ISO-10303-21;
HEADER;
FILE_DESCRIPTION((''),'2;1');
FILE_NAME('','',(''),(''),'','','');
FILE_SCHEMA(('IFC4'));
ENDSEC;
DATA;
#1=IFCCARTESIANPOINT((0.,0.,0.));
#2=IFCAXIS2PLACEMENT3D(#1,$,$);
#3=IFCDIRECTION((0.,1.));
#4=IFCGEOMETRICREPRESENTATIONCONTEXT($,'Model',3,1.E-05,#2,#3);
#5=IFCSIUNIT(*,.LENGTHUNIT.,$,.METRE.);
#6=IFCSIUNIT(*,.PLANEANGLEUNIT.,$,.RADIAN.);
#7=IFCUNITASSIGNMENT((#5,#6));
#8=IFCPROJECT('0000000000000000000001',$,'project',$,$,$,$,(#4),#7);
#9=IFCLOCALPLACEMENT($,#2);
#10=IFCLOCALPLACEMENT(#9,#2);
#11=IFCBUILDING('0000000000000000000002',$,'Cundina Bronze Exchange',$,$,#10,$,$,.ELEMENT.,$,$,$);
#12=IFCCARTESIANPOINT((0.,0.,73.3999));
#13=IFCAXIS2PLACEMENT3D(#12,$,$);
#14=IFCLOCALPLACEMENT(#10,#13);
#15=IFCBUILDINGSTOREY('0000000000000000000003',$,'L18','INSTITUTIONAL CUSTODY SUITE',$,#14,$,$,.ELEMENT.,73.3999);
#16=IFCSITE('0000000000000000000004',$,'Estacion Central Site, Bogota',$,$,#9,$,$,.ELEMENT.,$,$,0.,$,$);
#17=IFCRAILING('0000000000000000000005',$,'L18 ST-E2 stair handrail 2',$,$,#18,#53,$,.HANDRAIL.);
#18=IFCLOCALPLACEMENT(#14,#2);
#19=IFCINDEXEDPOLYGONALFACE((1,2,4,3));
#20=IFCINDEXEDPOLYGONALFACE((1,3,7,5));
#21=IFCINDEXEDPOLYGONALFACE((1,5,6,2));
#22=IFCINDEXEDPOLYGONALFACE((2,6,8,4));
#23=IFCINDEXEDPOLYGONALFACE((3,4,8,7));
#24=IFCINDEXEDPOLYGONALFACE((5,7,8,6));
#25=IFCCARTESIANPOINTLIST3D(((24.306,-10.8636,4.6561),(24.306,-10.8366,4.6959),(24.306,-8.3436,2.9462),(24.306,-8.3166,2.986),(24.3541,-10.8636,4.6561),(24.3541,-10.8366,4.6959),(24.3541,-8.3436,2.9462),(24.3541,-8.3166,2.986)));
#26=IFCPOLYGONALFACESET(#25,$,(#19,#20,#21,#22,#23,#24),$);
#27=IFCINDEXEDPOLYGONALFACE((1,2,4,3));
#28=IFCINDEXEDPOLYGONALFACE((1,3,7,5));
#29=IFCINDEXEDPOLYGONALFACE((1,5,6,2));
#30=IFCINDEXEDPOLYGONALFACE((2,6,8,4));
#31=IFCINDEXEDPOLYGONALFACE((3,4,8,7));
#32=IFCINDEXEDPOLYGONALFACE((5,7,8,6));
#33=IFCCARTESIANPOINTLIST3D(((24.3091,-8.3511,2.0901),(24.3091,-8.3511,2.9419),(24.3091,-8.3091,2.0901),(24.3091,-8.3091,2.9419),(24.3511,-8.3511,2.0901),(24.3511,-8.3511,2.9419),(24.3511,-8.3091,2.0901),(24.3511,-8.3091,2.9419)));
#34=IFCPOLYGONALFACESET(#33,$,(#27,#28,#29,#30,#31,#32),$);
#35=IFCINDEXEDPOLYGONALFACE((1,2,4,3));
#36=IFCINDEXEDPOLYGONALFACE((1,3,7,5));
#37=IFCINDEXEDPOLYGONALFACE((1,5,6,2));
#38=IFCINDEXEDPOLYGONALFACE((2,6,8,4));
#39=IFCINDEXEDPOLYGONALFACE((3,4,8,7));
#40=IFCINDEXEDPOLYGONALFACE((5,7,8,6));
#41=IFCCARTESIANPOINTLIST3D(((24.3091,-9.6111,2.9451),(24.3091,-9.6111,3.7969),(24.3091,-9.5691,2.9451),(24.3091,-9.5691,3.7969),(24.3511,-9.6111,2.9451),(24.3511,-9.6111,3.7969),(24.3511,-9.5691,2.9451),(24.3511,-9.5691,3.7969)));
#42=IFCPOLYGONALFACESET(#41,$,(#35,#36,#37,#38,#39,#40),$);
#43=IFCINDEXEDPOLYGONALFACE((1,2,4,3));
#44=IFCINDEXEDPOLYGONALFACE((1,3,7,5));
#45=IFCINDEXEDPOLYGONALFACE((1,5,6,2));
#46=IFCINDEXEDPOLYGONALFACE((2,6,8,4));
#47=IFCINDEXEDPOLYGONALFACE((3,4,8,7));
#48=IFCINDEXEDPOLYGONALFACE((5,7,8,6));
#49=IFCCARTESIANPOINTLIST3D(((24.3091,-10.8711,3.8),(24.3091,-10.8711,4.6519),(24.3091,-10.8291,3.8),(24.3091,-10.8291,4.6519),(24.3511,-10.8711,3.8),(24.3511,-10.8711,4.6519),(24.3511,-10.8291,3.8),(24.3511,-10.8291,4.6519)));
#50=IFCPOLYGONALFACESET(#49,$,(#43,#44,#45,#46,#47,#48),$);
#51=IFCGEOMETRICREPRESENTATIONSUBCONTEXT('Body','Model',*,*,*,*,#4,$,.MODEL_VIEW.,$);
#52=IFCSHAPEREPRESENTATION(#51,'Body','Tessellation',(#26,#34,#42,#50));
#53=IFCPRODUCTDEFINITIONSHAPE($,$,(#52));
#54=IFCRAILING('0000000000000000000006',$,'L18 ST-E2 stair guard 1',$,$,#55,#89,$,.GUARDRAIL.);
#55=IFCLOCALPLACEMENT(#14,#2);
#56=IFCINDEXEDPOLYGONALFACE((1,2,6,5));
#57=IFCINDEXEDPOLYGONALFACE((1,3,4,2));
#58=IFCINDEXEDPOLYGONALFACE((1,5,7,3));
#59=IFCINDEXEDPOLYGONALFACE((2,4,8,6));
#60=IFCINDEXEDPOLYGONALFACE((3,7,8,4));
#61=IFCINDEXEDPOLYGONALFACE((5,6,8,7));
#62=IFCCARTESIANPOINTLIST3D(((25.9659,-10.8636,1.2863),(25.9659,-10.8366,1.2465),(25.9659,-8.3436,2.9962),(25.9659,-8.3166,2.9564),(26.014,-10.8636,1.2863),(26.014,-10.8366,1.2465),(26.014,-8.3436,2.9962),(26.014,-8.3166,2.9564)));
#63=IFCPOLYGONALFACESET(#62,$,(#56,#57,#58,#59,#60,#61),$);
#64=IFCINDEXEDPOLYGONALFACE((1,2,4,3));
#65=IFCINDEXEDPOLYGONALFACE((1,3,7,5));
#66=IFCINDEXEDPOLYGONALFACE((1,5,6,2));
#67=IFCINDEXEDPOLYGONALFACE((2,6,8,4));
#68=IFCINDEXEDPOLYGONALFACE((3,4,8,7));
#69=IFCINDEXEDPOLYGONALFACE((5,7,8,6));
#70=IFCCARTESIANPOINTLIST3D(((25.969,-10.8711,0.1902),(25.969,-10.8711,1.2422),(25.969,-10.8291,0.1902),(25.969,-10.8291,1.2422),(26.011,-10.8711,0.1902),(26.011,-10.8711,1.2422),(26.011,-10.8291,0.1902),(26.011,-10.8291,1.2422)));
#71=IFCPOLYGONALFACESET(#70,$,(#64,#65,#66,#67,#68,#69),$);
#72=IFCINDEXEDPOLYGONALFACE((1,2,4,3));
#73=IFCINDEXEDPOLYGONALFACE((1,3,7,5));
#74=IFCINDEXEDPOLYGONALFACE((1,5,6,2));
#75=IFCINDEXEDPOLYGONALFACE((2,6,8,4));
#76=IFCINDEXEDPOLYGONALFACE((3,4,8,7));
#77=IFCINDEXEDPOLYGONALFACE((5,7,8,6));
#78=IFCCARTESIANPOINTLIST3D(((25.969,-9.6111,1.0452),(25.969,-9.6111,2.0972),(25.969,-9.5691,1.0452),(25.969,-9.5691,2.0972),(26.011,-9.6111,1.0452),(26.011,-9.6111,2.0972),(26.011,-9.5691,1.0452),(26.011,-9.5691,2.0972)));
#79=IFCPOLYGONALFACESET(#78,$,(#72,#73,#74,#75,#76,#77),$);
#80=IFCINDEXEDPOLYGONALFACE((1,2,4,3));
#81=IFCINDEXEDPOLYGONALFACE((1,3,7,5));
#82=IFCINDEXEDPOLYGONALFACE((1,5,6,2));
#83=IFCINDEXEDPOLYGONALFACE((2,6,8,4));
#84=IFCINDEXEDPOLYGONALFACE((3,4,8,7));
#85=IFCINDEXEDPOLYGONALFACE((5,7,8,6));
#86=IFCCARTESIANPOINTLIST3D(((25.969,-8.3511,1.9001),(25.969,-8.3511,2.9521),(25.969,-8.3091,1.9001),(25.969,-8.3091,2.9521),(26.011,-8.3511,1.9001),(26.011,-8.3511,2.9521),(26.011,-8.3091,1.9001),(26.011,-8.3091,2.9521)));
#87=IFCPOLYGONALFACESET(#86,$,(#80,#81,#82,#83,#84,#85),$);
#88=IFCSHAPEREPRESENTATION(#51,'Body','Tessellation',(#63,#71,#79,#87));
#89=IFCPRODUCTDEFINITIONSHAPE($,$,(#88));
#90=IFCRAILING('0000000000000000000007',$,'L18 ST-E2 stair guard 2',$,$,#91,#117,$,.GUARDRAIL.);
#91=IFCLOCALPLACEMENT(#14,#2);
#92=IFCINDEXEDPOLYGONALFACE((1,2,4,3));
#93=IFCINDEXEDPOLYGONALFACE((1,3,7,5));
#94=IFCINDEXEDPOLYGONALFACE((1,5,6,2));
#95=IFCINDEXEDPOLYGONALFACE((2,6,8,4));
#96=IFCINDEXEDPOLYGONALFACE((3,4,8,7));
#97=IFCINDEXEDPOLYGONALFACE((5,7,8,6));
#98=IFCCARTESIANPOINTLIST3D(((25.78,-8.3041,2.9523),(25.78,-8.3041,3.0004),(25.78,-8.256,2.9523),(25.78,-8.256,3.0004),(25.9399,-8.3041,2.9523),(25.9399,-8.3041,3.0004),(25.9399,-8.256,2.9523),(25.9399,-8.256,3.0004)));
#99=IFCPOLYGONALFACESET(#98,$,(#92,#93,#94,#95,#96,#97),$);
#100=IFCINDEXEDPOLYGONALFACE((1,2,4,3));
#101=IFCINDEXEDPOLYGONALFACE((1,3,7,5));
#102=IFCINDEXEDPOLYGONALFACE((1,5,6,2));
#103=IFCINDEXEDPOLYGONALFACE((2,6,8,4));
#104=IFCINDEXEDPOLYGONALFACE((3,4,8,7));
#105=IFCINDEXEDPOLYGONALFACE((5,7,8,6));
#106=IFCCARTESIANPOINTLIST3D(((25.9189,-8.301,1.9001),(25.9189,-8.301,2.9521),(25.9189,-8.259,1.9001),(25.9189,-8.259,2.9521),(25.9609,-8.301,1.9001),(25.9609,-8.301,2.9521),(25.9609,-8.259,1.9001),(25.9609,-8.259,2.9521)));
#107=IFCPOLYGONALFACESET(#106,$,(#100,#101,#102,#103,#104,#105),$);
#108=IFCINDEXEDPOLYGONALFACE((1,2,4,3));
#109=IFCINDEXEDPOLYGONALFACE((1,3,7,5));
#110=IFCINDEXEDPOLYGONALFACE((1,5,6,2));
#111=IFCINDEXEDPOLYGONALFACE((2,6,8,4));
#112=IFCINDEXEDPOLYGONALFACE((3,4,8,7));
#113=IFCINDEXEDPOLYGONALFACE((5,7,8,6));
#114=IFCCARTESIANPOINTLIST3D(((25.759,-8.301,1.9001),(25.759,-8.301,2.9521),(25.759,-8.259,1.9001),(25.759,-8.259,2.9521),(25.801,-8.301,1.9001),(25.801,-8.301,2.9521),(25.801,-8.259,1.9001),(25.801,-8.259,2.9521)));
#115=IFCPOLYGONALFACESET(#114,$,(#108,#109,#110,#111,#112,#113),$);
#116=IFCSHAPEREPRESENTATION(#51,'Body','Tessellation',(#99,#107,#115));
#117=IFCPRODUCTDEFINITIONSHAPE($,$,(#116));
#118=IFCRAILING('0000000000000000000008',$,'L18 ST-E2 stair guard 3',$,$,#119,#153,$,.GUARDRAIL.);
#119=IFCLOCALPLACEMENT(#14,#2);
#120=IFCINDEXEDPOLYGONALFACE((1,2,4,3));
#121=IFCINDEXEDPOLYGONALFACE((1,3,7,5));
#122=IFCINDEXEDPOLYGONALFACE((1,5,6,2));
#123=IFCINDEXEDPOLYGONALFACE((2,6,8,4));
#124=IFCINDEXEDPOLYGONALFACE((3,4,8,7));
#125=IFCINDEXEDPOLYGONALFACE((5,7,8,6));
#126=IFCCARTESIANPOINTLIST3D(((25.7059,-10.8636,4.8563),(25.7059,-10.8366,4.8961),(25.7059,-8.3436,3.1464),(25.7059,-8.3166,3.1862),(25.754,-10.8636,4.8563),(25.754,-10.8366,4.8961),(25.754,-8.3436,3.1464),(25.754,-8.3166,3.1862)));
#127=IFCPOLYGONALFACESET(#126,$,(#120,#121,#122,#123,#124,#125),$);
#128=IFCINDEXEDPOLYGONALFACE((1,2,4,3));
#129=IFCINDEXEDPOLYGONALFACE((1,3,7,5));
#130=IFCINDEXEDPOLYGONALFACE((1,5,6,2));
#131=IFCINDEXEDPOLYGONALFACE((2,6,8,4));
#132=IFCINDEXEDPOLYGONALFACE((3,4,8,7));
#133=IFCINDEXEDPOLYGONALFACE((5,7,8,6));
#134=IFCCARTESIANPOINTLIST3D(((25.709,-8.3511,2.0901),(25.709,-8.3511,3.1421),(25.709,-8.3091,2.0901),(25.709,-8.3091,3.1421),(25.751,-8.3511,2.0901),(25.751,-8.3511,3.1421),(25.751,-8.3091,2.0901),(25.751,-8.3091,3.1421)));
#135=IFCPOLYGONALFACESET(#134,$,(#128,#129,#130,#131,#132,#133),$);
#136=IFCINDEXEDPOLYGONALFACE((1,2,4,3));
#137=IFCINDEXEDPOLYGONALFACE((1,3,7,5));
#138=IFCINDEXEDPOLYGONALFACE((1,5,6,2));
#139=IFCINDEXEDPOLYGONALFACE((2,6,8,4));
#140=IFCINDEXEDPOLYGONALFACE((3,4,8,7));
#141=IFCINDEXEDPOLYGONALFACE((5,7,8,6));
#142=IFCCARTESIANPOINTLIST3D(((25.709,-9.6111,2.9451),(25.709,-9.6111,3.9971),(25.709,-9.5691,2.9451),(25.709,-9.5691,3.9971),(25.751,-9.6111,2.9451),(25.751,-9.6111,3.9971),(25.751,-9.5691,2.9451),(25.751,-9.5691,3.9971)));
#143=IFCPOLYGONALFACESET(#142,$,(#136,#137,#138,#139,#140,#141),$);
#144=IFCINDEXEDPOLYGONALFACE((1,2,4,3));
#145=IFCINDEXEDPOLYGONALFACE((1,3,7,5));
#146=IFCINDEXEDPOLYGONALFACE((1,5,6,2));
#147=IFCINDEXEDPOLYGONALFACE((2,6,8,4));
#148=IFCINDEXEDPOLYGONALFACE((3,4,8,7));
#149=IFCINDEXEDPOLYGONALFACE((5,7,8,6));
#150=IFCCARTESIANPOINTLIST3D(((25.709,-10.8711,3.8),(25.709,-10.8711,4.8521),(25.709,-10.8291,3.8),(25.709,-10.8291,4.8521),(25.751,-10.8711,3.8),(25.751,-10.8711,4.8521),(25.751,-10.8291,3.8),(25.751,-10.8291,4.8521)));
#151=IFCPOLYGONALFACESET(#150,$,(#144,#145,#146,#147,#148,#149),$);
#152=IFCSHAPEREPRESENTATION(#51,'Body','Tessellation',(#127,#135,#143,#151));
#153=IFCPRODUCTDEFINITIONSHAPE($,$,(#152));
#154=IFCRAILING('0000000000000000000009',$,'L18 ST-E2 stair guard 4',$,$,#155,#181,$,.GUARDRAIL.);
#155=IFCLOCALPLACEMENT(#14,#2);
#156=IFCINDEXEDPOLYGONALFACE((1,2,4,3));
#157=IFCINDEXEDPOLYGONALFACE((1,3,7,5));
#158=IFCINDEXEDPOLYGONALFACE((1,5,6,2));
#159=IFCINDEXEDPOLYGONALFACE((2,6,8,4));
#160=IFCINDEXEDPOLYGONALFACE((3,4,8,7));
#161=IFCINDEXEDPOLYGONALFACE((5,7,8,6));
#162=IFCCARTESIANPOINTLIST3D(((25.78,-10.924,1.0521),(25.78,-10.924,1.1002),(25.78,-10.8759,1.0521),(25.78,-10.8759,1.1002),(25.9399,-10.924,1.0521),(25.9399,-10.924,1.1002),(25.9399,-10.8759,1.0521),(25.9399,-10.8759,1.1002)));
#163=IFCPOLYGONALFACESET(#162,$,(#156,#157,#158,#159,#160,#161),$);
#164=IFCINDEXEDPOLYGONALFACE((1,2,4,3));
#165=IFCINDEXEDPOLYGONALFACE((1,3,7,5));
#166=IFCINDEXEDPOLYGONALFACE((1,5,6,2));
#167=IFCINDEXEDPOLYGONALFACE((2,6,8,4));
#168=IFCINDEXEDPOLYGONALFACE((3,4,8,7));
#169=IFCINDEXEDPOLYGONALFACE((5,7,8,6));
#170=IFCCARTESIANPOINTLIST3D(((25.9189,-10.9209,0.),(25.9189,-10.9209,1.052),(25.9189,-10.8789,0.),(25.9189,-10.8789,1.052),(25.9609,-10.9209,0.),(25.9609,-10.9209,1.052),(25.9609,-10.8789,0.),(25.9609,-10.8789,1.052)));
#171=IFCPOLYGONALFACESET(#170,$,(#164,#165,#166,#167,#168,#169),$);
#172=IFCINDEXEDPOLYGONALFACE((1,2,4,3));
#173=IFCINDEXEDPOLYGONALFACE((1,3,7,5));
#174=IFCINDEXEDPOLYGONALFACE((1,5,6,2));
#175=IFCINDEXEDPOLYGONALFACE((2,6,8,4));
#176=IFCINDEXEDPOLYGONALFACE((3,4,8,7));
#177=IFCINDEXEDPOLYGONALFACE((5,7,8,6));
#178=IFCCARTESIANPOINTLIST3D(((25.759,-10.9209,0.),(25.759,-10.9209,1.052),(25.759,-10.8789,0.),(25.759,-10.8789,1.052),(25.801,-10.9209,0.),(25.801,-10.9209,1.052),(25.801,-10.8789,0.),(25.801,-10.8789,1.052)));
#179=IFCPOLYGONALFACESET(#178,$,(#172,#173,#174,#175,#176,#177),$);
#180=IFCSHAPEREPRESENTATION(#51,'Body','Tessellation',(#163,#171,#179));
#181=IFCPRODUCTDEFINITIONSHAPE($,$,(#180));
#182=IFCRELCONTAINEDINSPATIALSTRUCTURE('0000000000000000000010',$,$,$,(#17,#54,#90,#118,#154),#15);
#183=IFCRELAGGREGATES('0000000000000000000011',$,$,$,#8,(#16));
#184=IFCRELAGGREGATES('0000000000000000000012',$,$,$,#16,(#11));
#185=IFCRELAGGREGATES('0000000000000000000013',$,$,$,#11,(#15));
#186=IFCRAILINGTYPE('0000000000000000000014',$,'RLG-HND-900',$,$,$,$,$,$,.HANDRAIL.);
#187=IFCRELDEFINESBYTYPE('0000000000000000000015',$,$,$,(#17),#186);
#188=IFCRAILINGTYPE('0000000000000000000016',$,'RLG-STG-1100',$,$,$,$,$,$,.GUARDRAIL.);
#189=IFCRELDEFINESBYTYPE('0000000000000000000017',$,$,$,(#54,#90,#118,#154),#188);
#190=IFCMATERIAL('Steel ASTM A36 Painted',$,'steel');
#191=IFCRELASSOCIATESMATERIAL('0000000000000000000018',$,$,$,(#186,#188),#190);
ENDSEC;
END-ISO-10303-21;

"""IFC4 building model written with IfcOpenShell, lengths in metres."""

from ifc_helpers import new_model, si_unit, direction, frame, origin, origin_2d, place, context, subcontext, project, spatial, rectangle, extrude, material, type_object, element, save


model = new_model("IFC4")

# Units and contexts
model_context = context("Model", 3, precision=1e-05, world=origin(), true_north=direction((0.0, 1.0)))
body_context = subcontext(model_context, "Body", "Model", "MODEL_VIEW")
ifc_project = project(units=[si_unit("LENGTHUNIT", "METRE"), si_unit("PLANEANGLEUNIT", "RADIAN")], contexts=[model_context])

# Site, building, storey
site_placement = place(None, origin())
site = spatial("IfcSite", under=ifc_project, at=site_placement, Name="Estacion Central Site, Bogota", CompositionType="ELEMENT", RefElevation=0.0)
building_placement = place(site_placement, origin())
building = spatial("IfcBuilding", under=site, at=building_placement, Name="Cundina Bronze Exchange", CompositionType="ELEMENT")
storey_placement = place(building_placement, frame((0.0, 0.0, 73.3999)))
storey = spatial("IfcBuildingStorey", under=building, at=storey_placement, Name="L18", Description="INSTITUTIONAL CUSTODY SUITE", CompositionType="ELEMENT", Elevation=73.3999)

# Shared definitions
ifc_material_1 = material(Name="Steel ASTM A36 Painted", Category="steel")

# Railings
railing_type_1 = type_object("IfcRailingType", Name="RLG-HND-900", PredefinedType="HANDRAIL", material=ifc_material_1)
railing_1_placement = place(storey_placement, frame((24.3301, -8.3301, 2.0901)))
element("IfcRailing", 1, at=railing_1_placement, inside=storey, type_object=railing_type_1, Name="L18 ST-E2 stair handrail 2", PredefinedType="HANDRAIL", context=body_context, shape_type="SweptSolid", body=[
    extrude(rectangle(XDim=0.0481, YDim=0.0481, at=origin_2d()), frame((0.0, 0.0, 0.876), z_axis=(0.0, -0.827484, 0.56149), x_axis=(1.0, 0.0, 0.0)), (0.0, 0.0, 1.0), 3.0454),
    extrude(rectangle(XDim=0.042, YDim=0.042, at=origin_2d()), origin(), (0.0, 0.0, 1.0), 0.8518),
    extrude(rectangle(XDim=0.042, YDim=0.042, at=origin_2d()), frame((0.0, -1.26, 0.855)), (0.0, 0.0, 1.0), 0.8518),
    extrude(rectangle(XDim=0.042, YDim=0.042, at=origin_2d()), frame((0.0, -2.52, 1.71)), (0.0, 0.0, 1.0), 0.8518),
])
railing_type_2 = type_object("IfcRailingType", Name="RLG-STG-1100", PredefinedType="GUARDRAIL", material=ifc_material_1)
railing_2_placement = place(storey_placement, frame((25.99, -10.8501, 0.1902)))
element("IfcRailing", 2, at=railing_2_placement, inside=storey, type_object=railing_type_2, Name="L18 ST-E2 stair guard 1", PredefinedType="GUARDRAIL", context=body_context, shape_type="SweptSolid", body=[
    extrude(rectangle(XDim=0.0481, YDim=0.0481, at=origin_2d()), frame((0.0, 0.0, 1.0762), z_axis=(0.0, 0.827484, 0.56149), x_axis=(-1.0, 0.0, 0.0)), (0.0, 0.0, 1.0), 3.0454),
    extrude(rectangle(XDim=0.042, YDim=0.042, at=origin_2d()), origin(), (0.0, 0.0, 1.0), 1.052),
    extrude(rectangle(XDim=0.042, YDim=0.042, at=origin_2d()), frame((0.0, 1.26, 0.855)), (0.0, 0.0, 1.0), 1.052),
    extrude(rectangle(XDim=0.042, YDim=0.042, at=origin_2d()), frame((0.0, 2.52, 1.71)), (0.0, 0.0, 1.0), 1.052),
])
railing_3_placement = place(storey_placement, frame((25.9399, -8.28, 1.9001)))
element("IfcRailing", 3, at=railing_3_placement, inside=storey, type_object=railing_type_2, Name="L18 ST-E2 stair guard 2", PredefinedType="GUARDRAIL", context=body_context, shape_type="SweptSolid", body=[
    extrude(rectangle(XDim=0.0481, YDim=0.0481, at=origin_2d()), frame((0.0, 0.0, 1.0762), z_axis=(-1.0, 0.0, 0.0), x_axis=(0.0, -1.0, 0.0)), (0.0, 0.0, 1.0), 0.1599),
    extrude(rectangle(XDim=0.042, YDim=0.042, at=origin_2d()), origin(), (0.0, 0.0, 1.0), 1.052),
    extrude(rectangle(XDim=0.042, YDim=0.042, at=origin_2d()), frame((-0.1599, 0.0, 0.0)), (0.0, 0.0, 1.0), 1.052),
])
railing_4_placement = place(storey_placement, frame((25.73, -8.3301, 2.0901)))
element("IfcRailing", 4, at=railing_4_placement, inside=storey, type_object=railing_type_2, Name="L18 ST-E2 stair guard 3", PredefinedType="GUARDRAIL", context=body_context, shape_type="SweptSolid", body=[
    extrude(rectangle(XDim=0.0481, YDim=0.0481, at=origin_2d()), frame((0.0, 0.0, 1.0762), z_axis=(0.0, -0.827484, 0.56149), x_axis=(1.0, 0.0, 0.0)), (0.0, 0.0, 1.0), 3.0454),
    extrude(rectangle(XDim=0.042, YDim=0.042, at=origin_2d()), origin(), (0.0, 0.0, 1.0), 1.052),
    extrude(rectangle(XDim=0.042, YDim=0.042, at=origin_2d()), frame((0.0, -1.26, 0.855)), (0.0, 0.0, 1.0), 1.052),
    extrude(rectangle(XDim=0.042, YDim=0.042, at=origin_2d()), frame((0.0, -2.52, 1.71)), (0.0, 0.0, 1.0), 1.052),
])
railing_5_placement = place(storey_placement, frame((25.9399, -10.8999, 0.0)))
element("IfcRailing", 5, at=railing_5_placement, inside=storey, type_object=railing_type_2, Name="L18 ST-E2 stair guard 4", PredefinedType="GUARDRAIL", context=body_context, shape_type="SweptSolid", body=[
    extrude(rectangle(XDim=0.0481, YDim=0.0481, at=origin_2d()), frame((0.0, 0.0, 1.0762), z_axis=(-1.0, 0.0, 0.0), x_axis=(0.0, -1.0, 0.0)), (0.0, 0.0, 1.0), 0.1599),
    extrude(rectangle(XDim=0.042, YDim=0.042, at=origin_2d()), origin(), (0.0, 0.0, 1.0), 1.052),
    extrude(rectangle(XDim=0.042, YDim=0.042, at=origin_2d()), frame((-0.1599, 0.0, 0.0)), (0.0, 0.0, 1.0), 1.052),
])

save(model, "model.ifc")
